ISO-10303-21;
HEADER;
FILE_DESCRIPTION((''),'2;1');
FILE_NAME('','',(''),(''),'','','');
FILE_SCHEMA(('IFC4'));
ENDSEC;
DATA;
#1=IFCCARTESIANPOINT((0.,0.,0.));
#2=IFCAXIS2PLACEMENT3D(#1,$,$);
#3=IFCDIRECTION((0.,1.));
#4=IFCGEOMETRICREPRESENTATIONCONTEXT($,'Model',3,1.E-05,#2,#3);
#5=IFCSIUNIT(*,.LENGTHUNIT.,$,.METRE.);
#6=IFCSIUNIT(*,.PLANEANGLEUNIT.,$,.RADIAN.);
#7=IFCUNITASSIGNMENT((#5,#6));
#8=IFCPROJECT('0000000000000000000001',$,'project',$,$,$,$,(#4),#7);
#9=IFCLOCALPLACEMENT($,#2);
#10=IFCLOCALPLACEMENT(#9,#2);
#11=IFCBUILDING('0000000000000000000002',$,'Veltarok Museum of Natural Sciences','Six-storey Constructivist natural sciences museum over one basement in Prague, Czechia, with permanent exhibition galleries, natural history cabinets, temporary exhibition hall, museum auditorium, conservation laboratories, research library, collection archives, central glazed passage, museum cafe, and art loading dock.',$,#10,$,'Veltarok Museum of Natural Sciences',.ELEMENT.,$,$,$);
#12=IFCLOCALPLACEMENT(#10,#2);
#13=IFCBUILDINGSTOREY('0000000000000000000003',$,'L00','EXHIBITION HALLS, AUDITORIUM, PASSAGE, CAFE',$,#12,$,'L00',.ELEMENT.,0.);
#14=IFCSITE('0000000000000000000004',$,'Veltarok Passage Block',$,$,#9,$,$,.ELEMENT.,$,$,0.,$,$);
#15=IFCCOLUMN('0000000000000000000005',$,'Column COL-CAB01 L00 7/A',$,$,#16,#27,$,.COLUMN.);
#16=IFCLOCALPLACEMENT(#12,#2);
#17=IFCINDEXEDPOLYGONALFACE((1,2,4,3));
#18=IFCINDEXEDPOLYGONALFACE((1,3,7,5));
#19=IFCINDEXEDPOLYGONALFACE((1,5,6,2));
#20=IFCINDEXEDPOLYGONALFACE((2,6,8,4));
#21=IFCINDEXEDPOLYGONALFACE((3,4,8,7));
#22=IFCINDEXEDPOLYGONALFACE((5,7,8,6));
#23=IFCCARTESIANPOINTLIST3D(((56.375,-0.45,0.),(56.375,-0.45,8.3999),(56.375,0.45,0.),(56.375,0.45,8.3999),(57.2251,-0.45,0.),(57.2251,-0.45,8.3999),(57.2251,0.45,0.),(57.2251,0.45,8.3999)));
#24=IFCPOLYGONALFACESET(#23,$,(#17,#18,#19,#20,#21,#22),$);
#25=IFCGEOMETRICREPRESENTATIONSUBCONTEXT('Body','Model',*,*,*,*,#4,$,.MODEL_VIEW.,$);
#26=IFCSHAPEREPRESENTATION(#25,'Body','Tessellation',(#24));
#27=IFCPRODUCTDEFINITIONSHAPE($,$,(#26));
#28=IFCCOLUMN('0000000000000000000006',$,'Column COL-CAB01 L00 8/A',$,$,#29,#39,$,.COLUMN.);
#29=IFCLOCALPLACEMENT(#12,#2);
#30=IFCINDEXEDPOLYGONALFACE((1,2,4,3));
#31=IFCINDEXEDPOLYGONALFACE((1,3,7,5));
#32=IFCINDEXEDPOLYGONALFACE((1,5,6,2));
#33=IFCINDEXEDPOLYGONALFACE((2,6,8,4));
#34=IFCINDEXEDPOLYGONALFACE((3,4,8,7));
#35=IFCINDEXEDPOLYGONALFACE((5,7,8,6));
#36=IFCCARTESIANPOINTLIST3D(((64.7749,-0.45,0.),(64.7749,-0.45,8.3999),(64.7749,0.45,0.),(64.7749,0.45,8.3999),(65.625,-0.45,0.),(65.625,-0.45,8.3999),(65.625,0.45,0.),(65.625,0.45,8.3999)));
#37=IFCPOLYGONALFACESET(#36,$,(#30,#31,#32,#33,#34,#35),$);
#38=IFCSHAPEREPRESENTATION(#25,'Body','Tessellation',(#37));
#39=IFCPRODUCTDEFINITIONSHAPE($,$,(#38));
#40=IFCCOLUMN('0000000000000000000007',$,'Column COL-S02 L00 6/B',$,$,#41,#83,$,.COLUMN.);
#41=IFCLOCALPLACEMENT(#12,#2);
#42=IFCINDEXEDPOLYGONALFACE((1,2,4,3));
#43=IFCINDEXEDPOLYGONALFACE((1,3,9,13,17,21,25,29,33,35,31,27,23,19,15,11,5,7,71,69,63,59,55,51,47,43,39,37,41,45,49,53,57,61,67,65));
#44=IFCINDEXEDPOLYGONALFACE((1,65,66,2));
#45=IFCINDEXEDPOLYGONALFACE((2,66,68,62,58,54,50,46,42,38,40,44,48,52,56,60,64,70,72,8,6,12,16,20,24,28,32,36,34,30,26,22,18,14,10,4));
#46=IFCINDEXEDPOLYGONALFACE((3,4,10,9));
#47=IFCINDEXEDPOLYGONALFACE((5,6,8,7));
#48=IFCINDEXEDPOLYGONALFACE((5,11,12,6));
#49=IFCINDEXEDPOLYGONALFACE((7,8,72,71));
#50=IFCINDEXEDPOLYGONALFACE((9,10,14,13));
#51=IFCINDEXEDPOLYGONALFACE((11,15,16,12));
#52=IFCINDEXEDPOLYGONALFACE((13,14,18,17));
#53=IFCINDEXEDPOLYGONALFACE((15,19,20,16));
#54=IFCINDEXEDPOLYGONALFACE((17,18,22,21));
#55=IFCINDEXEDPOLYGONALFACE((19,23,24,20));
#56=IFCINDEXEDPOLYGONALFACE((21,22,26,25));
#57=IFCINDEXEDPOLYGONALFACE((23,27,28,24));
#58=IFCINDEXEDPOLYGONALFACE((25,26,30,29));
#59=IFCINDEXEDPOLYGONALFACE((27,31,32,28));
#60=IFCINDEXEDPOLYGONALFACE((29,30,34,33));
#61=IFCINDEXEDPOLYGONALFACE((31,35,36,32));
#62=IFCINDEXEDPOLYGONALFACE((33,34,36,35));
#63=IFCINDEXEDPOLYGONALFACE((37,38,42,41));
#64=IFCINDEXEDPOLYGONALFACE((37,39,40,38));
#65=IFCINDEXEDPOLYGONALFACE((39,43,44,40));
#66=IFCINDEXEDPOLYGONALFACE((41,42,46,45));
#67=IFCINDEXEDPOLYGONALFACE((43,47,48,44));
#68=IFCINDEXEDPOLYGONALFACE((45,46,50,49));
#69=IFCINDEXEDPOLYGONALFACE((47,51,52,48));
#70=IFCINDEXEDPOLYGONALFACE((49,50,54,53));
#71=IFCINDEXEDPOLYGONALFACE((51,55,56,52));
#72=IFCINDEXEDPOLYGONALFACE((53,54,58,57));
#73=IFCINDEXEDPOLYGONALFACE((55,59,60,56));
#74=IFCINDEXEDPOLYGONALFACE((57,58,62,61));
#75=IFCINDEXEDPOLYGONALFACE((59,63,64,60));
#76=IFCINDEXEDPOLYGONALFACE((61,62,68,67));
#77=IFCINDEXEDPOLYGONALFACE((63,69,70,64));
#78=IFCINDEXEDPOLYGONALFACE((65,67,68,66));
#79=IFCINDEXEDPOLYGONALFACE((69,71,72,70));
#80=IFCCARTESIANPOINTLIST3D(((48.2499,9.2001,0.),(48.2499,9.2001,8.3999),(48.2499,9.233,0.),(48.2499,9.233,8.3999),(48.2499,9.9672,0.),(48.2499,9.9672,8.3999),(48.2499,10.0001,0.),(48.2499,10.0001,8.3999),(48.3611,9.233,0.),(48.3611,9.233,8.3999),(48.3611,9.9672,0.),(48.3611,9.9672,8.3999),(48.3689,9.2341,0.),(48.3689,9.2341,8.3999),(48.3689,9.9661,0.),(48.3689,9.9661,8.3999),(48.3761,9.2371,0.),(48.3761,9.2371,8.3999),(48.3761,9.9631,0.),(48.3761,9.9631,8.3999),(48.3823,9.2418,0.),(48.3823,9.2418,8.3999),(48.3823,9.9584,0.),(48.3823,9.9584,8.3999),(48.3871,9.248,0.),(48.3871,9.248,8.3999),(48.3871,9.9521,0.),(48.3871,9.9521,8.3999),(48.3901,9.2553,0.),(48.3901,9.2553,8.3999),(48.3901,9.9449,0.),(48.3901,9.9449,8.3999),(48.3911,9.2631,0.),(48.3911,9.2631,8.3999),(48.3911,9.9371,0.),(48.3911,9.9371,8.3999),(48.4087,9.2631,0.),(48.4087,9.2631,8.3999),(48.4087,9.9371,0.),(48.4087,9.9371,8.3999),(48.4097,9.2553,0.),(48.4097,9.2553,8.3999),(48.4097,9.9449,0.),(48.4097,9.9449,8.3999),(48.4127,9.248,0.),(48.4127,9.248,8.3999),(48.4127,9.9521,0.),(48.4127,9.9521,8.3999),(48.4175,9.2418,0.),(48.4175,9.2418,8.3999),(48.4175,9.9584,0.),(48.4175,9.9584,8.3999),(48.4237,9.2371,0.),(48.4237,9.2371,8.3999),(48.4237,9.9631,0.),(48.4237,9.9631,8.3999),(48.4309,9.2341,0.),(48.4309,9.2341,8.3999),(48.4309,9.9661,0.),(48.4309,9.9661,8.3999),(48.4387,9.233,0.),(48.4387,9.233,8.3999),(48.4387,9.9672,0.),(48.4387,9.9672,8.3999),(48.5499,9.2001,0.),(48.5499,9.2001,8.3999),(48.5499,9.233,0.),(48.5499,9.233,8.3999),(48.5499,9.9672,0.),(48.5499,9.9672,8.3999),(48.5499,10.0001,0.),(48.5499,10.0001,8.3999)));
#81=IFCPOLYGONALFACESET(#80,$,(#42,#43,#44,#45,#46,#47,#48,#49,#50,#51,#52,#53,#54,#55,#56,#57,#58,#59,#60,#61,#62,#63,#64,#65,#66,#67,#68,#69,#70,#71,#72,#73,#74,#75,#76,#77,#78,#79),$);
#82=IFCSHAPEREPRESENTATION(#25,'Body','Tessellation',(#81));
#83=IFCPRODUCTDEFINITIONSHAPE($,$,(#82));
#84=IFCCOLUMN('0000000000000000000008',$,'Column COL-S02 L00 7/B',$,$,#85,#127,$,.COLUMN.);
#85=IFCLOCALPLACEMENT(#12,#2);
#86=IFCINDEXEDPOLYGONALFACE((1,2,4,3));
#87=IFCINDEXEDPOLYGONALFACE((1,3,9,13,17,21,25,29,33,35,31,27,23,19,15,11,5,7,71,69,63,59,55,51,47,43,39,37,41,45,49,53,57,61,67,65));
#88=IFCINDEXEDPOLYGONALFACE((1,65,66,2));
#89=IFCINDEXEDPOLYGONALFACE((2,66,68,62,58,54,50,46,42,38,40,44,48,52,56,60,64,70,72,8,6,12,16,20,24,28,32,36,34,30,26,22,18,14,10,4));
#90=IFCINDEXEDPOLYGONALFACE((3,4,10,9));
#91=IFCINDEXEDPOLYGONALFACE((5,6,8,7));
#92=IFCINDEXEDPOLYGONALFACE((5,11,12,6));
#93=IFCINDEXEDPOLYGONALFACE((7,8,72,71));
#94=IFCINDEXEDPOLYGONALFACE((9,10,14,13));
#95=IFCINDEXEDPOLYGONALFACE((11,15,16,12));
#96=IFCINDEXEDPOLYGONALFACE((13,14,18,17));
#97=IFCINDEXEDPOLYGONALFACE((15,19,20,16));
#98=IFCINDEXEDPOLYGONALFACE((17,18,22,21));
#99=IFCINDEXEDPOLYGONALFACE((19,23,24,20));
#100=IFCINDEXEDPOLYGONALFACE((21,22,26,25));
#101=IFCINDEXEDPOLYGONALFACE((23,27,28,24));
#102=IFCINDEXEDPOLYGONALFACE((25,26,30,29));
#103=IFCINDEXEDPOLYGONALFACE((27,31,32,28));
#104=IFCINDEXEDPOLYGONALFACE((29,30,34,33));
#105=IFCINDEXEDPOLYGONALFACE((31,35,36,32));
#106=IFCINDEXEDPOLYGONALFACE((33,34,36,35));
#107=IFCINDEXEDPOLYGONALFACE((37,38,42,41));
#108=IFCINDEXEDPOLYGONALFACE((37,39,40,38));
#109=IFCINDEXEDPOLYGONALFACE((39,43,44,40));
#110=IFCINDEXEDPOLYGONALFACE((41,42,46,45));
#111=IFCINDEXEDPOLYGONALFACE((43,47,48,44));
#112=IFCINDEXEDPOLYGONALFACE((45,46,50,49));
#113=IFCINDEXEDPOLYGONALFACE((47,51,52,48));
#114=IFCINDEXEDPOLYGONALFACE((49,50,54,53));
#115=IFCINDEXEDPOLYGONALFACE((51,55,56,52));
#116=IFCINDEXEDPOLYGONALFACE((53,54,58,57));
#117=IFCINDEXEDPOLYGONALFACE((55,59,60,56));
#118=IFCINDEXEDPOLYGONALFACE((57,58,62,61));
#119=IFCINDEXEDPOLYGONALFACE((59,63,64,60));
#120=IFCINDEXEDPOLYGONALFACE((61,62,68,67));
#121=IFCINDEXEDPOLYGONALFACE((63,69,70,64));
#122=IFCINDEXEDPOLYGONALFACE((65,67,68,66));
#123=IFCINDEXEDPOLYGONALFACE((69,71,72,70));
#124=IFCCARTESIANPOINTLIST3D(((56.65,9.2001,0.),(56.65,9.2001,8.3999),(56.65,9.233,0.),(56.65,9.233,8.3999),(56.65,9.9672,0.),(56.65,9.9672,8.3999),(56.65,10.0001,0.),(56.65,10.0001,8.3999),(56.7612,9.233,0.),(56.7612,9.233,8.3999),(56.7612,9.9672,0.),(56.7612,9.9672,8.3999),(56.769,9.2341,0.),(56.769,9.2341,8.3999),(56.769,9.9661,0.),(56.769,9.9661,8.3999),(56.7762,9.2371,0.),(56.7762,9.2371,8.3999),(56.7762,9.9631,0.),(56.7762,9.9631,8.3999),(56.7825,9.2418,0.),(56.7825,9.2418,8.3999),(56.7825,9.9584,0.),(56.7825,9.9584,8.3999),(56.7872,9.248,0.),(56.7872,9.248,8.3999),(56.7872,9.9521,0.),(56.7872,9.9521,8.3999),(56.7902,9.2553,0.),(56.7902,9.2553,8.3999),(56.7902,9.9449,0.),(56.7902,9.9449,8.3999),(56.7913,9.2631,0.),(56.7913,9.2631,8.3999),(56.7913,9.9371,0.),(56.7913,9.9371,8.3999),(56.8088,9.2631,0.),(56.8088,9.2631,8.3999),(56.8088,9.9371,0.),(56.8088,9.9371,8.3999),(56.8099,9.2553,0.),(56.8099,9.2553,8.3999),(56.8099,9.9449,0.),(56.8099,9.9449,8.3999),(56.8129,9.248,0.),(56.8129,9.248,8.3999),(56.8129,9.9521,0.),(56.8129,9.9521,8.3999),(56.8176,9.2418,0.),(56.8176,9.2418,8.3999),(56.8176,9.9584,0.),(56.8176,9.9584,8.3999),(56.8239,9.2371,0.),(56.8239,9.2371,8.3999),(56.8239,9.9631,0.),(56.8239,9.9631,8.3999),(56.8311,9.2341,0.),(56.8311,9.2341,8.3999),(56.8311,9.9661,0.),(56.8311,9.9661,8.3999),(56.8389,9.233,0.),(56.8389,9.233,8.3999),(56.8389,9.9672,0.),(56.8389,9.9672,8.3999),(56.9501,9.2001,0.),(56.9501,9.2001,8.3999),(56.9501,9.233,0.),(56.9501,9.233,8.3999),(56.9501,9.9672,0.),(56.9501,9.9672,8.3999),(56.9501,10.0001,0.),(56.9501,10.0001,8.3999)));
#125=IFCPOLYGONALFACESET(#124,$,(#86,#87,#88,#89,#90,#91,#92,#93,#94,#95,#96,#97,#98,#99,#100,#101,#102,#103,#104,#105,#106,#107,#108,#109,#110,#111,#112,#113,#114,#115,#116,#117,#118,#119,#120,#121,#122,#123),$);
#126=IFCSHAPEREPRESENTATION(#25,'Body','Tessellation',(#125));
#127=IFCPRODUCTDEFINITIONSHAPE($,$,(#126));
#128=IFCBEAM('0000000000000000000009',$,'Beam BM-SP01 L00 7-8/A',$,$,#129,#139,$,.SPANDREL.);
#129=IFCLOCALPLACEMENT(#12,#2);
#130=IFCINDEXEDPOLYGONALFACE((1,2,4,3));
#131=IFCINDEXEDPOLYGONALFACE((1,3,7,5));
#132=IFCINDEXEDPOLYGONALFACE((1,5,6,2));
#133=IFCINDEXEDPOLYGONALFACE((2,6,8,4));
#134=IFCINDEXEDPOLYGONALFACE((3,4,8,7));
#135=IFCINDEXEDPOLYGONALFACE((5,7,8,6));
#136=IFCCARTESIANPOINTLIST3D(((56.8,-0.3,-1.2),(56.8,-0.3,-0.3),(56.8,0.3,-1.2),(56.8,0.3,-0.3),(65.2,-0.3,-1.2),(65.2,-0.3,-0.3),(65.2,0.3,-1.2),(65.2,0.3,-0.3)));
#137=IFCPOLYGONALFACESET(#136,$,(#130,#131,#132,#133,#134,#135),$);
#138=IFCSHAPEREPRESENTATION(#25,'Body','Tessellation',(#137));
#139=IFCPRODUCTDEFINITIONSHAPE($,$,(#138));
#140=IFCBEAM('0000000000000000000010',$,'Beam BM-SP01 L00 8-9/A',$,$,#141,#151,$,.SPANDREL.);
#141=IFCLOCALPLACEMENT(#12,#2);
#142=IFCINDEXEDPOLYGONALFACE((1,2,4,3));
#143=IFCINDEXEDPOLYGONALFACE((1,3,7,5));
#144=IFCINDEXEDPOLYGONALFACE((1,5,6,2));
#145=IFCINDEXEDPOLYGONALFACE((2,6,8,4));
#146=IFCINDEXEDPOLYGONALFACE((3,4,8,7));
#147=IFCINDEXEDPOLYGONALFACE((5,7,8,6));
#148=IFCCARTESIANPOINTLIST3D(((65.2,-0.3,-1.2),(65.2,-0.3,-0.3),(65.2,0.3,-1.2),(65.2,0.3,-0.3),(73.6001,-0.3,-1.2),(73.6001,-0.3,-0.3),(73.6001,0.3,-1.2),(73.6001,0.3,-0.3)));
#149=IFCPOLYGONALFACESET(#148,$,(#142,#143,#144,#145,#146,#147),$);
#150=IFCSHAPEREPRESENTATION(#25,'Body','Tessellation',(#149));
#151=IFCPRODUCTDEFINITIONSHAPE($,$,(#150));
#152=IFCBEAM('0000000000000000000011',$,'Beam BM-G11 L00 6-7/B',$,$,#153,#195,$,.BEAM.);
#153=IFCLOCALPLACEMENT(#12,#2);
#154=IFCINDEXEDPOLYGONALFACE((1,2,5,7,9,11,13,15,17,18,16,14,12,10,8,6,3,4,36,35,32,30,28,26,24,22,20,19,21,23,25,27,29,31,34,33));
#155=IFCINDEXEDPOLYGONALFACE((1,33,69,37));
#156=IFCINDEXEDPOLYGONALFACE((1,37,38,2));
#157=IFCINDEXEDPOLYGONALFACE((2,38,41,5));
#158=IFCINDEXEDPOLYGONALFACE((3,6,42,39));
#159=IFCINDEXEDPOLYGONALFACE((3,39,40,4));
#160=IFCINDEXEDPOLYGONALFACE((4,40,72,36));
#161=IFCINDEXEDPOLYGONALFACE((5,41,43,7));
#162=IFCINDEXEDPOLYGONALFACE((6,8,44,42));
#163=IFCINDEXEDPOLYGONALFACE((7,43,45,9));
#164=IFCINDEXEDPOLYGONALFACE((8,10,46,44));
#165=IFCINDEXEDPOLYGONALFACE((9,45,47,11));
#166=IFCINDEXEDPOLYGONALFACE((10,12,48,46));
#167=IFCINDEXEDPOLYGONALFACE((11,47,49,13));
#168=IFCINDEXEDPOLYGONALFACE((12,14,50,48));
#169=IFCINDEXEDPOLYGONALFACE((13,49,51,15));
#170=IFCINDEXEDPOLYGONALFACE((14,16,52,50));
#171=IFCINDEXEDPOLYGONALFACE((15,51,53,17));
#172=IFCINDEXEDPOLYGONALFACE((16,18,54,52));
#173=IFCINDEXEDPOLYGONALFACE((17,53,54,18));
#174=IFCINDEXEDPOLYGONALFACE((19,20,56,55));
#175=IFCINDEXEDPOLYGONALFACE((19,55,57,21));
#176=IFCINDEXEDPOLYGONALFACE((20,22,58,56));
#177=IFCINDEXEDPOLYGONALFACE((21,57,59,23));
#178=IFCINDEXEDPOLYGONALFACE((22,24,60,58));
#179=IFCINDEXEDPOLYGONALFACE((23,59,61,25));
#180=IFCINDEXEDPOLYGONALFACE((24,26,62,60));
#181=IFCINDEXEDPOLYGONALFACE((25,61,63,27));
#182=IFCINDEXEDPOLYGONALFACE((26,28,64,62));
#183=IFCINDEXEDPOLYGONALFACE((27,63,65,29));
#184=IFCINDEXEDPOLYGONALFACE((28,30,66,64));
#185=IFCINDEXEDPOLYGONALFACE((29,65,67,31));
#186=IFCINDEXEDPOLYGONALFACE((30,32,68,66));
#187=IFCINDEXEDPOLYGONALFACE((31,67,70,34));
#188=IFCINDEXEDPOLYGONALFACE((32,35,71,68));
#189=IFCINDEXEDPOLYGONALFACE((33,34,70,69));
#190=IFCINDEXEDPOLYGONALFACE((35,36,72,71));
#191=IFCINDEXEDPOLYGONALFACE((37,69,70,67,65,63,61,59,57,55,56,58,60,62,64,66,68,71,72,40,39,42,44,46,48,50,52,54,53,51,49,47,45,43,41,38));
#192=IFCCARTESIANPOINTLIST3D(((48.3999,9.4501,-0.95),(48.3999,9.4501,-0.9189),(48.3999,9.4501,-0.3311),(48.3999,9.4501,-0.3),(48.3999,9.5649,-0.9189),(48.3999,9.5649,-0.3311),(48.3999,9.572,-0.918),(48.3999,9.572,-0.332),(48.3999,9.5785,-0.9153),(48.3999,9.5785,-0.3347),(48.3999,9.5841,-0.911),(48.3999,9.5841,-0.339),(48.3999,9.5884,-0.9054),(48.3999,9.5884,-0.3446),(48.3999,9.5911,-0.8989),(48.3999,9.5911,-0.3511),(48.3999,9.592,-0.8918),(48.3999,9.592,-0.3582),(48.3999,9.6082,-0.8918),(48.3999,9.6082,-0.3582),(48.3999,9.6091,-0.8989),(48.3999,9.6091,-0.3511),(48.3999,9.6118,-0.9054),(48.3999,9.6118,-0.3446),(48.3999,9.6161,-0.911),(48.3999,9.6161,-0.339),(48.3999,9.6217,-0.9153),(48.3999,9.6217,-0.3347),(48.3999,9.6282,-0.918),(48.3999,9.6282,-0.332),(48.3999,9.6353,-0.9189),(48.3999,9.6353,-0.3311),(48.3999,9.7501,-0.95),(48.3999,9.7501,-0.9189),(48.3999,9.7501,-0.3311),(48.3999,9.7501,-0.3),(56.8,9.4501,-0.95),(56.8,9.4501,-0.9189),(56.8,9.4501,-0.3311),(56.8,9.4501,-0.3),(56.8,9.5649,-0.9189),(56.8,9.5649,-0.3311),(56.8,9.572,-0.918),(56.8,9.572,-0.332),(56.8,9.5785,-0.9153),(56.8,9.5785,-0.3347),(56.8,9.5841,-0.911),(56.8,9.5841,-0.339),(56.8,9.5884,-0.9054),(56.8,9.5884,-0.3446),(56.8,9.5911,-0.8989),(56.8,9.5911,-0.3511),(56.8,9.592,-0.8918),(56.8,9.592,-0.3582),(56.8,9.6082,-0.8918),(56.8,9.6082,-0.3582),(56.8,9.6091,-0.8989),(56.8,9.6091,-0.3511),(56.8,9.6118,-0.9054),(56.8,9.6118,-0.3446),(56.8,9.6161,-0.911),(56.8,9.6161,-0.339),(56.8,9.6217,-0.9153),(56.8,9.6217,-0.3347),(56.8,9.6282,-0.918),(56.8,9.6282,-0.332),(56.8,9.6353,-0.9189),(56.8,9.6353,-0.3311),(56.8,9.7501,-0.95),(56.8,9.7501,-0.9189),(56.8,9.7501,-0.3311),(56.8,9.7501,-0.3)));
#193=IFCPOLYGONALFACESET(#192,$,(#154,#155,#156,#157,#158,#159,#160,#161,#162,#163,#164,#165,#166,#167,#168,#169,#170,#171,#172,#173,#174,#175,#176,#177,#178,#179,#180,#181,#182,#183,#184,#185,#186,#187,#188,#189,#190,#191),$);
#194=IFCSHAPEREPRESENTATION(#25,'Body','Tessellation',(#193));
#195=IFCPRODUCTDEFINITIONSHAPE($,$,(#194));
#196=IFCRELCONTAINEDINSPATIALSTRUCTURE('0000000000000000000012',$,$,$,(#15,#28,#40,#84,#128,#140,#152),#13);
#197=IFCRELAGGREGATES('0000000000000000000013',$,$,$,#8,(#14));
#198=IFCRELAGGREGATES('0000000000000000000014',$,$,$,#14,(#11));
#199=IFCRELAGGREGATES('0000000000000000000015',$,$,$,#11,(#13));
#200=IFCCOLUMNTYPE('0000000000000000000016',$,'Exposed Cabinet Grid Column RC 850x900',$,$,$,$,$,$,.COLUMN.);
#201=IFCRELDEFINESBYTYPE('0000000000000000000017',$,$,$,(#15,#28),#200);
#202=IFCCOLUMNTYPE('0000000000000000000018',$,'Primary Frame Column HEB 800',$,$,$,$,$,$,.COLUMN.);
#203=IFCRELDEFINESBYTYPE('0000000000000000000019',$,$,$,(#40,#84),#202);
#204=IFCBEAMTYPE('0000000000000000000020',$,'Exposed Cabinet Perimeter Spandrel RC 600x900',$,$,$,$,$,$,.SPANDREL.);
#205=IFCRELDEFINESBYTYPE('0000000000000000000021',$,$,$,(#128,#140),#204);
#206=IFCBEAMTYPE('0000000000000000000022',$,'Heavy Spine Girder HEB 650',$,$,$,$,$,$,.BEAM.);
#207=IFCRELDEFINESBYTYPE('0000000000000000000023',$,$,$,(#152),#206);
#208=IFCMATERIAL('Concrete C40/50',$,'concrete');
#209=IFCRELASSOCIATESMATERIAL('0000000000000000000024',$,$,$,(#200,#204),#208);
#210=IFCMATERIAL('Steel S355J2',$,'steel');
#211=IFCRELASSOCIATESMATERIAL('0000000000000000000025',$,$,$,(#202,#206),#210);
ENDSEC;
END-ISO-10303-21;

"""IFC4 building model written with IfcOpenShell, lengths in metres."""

from ifc_helpers import new_model, si_unit, direction, frame, origin, origin_2d, place, context, subcontext, project, spatial, rectangle, i_section, extrude, material, material_profile, profile_set, type_object, element, save


model = new_model("IFC4")

# Units and contexts
model_context = context("Model", 3, precision=1e-05, world=origin(), true_north=direction((0.0, 1.0)))
body_context = subcontext(model_context, "Body", "Model", "MODEL_VIEW")
ifc_project = project(units=[si_unit("LENGTHUNIT", "METRE"), si_unit("PLANEANGLEUNIT", "RADIAN")], contexts=[model_context])

# Site, building, storey
site_placement = place(None, origin())
site = spatial("IfcSite", under=ifc_project, at=site_placement, Name="Veltarok Passage Block", CompositionType="ELEMENT", RefElevation=0.0)
building_placement = place(site_placement, origin())
building = spatial("IfcBuilding", under=site, at=building_placement, Name="Veltarok Museum of Natural Sciences", Description="Six-storey Constructivist natural sciences museum over one basement in Prague, Czechia, with permanent exhibition galleries, natural history cabinets, temporary exhibition hall, museum auditorium, conservation laboratories, research library, collection archives, central glazed passage, museum cafe, and art loading dock.", LongName="Veltarok Museum of Natural Sciences", CompositionType="ELEMENT")
storey_placement = place(building_placement, origin())
storey = spatial("IfcBuildingStorey", under=building, at=storey_placement, Name="L00", Description="EXHIBITION HALLS, AUDITORIUM, PASSAGE, CAFE", LongName="L00", CompositionType="ELEMENT", Elevation=0.0)

# Columns
ifc_material_1 = material(Name="Concrete C40/50", Category="concrete")
ifc_material_profile_1 = material_profile(ifc_material_1, rectangle(XDim=0.8501, YDim=0.8999, at=origin_2d()), Name="RC 850x900")
ifc_profile_set_1 = profile_set([ifc_material_profile_1], Name="Concrete C40/50")
column_type_1 = type_object("IfcColumnType", Name="Exposed Cabinet Grid Column RC 850x900", PredefinedType="COLUMN", material=ifc_profile_set_1)
for number, where, z_axis, x_axis, name in (
    (1, (56.8, 0.0, 0.0), (0.0, 0.0, 1.0), (1.0, 0.0, 0.0), "Column COL-CAB01 L00 7/A"),
    (2, (65.2, 0.0, 0.0), (0.0, 0.0, 1.0), (1.0, 0.0, 0.0), "Column COL-CAB01 L00 8/A"),
):
    element("IfcColumn", number, at=place(storey_placement, frame(where, z_axis=z_axis, x_axis=x_axis)), inside=storey, type_object=column_type_1, Name=name, PredefinedType="COLUMN", context=body_context, shape_type="SweptSolid", body=[
        extrude(rectangle(XDim=0.8501, YDim=0.8999, at=origin_2d()), origin(), (0.0, 0.0, 1.0), 8.3999),
    ])
ifc_material_2 = material(Name="Steel S355J2", Category="steel")
ifc_material_profile_2 = material_profile(ifc_material_2, i_section(OverallWidth=0.3, OverallDepth=0.8, WebThickness=0.0176, FlangeThickness=0.033, FilletRadius=0.03, at=origin_2d()), Name="HEB 800")
ifc_profile_set_2 = profile_set([ifc_material_profile_2], Name="Steel S355J2")
column_type_2 = type_object("IfcColumnType", Name="Primary Frame Column HEB 800", PredefinedType="COLUMN", material=ifc_profile_set_2)
for number, where, z_axis, x_axis, name in (
    (3, (48.3999, 9.6001, 0.0), (0.0, 0.0, 1.0), (1.0, 0.0, 0.0), "Column COL-S02 L00 6/B"),
    (4, (56.8, 9.6001, 0.0), (0.0, 0.0, 1.0), (1.0, 0.0, 0.0), "Column COL-S02 L00 7/B"),
):
    element("IfcColumn", number, at=place(storey_placement, frame(where, z_axis=z_axis, x_axis=x_axis)), inside=storey, type_object=column_type_2, Name=name, PredefinedType="COLUMN", context=body_context, shape_type="SweptSolid", body=[
        extrude(i_section(OverallWidth=0.3, OverallDepth=0.8, WebThickness=0.0176, FlangeThickness=0.033, FilletRadius=0.03, at=origin_2d()), origin(), (0.0, 0.0, 1.0), 8.3999),
    ])

# Beams
ifc_material_profile_3 = material_profile(ifc_material_1, rectangle(XDim=0.6001, YDim=0.8999, at=origin_2d()), Name="RC 600x900")
ifc_profile_set_3 = profile_set([ifc_material_profile_3], Name="Concrete C40/50")
beam_type_1 = type_object("IfcBeamType", Name="Exposed Cabinet Perimeter Spandrel RC 600x900", PredefinedType="SPANDREL", material=ifc_profile_set_3)
beam_1_placement = place(storey_placement, frame((56.8, 0.0, -0.75), z_axis=(1.0, 0.0, 0.0), x_axis=(0.0, 1.0, 0.0)))
element("IfcBeam", 5, at=beam_1_placement, inside=storey, type_object=beam_type_1, Name="Beam BM-SP01 L00 7-8/A", PredefinedType="SPANDREL", context=body_context, shape_type="SweptSolid", body=[
    extrude(rectangle(XDim=0.6001, YDim=0.8999, at=origin_2d()), origin(), (0.0, 0.0, 1.0), 8.3999),
])
beam_2_placement = place(storey_placement, frame((65.2, 0.0, -0.75), z_axis=(1.0, 0.0, 0.0), x_axis=(0.0, 1.0, 0.0)))
element("IfcBeam", 6, at=beam_2_placement, inside=storey, type_object=beam_type_1, Name="Beam BM-SP01 L00 8-9/A", PredefinedType="SPANDREL", context=body_context, shape_type="SweptSolid", body=[
    extrude(rectangle(XDim=0.6001, YDim=0.8999, at=origin_2d()), origin(), (0.0, 0.0, 1.0), 8.4001),
])
ifc_material_profile_4 = material_profile(ifc_material_2, i_section(OverallWidth=0.3, OverallDepth=0.6499, WebThickness=0.0161, FlangeThickness=0.031, FilletRadius=0.0271, at=origin_2d()), Name="HEB 650")
ifc_profile_set_4 = profile_set([ifc_material_profile_4], Name="Steel S355J2")
beam_type_2 = type_object("IfcBeamType", Name="Heavy Spine Girder HEB 650", PredefinedType="BEAM", material=ifc_profile_set_4)
beam_3_placement = place(storey_placement, frame((48.3999, 9.6001, -0.625), z_axis=(1.0, 0.0, 0.0), x_axis=(0.0, 1.0, 0.0)))
element("IfcBeam", 7, at=beam_3_placement, inside=storey, type_object=beam_type_2, Name="Beam BM-G11 L00 6-7/B", PredefinedType="BEAM", context=body_context, shape_type="SweptSolid", body=[
    extrude(i_section(OverallWidth=0.3, OverallDepth=0.6499, WebThickness=0.0161, FlangeThickness=0.031, FilletRadius=0.0271, at=origin_2d()), origin(), (0.0, 0.0, 1.0), 8.4001),
])

save(model, "model.ifc")
